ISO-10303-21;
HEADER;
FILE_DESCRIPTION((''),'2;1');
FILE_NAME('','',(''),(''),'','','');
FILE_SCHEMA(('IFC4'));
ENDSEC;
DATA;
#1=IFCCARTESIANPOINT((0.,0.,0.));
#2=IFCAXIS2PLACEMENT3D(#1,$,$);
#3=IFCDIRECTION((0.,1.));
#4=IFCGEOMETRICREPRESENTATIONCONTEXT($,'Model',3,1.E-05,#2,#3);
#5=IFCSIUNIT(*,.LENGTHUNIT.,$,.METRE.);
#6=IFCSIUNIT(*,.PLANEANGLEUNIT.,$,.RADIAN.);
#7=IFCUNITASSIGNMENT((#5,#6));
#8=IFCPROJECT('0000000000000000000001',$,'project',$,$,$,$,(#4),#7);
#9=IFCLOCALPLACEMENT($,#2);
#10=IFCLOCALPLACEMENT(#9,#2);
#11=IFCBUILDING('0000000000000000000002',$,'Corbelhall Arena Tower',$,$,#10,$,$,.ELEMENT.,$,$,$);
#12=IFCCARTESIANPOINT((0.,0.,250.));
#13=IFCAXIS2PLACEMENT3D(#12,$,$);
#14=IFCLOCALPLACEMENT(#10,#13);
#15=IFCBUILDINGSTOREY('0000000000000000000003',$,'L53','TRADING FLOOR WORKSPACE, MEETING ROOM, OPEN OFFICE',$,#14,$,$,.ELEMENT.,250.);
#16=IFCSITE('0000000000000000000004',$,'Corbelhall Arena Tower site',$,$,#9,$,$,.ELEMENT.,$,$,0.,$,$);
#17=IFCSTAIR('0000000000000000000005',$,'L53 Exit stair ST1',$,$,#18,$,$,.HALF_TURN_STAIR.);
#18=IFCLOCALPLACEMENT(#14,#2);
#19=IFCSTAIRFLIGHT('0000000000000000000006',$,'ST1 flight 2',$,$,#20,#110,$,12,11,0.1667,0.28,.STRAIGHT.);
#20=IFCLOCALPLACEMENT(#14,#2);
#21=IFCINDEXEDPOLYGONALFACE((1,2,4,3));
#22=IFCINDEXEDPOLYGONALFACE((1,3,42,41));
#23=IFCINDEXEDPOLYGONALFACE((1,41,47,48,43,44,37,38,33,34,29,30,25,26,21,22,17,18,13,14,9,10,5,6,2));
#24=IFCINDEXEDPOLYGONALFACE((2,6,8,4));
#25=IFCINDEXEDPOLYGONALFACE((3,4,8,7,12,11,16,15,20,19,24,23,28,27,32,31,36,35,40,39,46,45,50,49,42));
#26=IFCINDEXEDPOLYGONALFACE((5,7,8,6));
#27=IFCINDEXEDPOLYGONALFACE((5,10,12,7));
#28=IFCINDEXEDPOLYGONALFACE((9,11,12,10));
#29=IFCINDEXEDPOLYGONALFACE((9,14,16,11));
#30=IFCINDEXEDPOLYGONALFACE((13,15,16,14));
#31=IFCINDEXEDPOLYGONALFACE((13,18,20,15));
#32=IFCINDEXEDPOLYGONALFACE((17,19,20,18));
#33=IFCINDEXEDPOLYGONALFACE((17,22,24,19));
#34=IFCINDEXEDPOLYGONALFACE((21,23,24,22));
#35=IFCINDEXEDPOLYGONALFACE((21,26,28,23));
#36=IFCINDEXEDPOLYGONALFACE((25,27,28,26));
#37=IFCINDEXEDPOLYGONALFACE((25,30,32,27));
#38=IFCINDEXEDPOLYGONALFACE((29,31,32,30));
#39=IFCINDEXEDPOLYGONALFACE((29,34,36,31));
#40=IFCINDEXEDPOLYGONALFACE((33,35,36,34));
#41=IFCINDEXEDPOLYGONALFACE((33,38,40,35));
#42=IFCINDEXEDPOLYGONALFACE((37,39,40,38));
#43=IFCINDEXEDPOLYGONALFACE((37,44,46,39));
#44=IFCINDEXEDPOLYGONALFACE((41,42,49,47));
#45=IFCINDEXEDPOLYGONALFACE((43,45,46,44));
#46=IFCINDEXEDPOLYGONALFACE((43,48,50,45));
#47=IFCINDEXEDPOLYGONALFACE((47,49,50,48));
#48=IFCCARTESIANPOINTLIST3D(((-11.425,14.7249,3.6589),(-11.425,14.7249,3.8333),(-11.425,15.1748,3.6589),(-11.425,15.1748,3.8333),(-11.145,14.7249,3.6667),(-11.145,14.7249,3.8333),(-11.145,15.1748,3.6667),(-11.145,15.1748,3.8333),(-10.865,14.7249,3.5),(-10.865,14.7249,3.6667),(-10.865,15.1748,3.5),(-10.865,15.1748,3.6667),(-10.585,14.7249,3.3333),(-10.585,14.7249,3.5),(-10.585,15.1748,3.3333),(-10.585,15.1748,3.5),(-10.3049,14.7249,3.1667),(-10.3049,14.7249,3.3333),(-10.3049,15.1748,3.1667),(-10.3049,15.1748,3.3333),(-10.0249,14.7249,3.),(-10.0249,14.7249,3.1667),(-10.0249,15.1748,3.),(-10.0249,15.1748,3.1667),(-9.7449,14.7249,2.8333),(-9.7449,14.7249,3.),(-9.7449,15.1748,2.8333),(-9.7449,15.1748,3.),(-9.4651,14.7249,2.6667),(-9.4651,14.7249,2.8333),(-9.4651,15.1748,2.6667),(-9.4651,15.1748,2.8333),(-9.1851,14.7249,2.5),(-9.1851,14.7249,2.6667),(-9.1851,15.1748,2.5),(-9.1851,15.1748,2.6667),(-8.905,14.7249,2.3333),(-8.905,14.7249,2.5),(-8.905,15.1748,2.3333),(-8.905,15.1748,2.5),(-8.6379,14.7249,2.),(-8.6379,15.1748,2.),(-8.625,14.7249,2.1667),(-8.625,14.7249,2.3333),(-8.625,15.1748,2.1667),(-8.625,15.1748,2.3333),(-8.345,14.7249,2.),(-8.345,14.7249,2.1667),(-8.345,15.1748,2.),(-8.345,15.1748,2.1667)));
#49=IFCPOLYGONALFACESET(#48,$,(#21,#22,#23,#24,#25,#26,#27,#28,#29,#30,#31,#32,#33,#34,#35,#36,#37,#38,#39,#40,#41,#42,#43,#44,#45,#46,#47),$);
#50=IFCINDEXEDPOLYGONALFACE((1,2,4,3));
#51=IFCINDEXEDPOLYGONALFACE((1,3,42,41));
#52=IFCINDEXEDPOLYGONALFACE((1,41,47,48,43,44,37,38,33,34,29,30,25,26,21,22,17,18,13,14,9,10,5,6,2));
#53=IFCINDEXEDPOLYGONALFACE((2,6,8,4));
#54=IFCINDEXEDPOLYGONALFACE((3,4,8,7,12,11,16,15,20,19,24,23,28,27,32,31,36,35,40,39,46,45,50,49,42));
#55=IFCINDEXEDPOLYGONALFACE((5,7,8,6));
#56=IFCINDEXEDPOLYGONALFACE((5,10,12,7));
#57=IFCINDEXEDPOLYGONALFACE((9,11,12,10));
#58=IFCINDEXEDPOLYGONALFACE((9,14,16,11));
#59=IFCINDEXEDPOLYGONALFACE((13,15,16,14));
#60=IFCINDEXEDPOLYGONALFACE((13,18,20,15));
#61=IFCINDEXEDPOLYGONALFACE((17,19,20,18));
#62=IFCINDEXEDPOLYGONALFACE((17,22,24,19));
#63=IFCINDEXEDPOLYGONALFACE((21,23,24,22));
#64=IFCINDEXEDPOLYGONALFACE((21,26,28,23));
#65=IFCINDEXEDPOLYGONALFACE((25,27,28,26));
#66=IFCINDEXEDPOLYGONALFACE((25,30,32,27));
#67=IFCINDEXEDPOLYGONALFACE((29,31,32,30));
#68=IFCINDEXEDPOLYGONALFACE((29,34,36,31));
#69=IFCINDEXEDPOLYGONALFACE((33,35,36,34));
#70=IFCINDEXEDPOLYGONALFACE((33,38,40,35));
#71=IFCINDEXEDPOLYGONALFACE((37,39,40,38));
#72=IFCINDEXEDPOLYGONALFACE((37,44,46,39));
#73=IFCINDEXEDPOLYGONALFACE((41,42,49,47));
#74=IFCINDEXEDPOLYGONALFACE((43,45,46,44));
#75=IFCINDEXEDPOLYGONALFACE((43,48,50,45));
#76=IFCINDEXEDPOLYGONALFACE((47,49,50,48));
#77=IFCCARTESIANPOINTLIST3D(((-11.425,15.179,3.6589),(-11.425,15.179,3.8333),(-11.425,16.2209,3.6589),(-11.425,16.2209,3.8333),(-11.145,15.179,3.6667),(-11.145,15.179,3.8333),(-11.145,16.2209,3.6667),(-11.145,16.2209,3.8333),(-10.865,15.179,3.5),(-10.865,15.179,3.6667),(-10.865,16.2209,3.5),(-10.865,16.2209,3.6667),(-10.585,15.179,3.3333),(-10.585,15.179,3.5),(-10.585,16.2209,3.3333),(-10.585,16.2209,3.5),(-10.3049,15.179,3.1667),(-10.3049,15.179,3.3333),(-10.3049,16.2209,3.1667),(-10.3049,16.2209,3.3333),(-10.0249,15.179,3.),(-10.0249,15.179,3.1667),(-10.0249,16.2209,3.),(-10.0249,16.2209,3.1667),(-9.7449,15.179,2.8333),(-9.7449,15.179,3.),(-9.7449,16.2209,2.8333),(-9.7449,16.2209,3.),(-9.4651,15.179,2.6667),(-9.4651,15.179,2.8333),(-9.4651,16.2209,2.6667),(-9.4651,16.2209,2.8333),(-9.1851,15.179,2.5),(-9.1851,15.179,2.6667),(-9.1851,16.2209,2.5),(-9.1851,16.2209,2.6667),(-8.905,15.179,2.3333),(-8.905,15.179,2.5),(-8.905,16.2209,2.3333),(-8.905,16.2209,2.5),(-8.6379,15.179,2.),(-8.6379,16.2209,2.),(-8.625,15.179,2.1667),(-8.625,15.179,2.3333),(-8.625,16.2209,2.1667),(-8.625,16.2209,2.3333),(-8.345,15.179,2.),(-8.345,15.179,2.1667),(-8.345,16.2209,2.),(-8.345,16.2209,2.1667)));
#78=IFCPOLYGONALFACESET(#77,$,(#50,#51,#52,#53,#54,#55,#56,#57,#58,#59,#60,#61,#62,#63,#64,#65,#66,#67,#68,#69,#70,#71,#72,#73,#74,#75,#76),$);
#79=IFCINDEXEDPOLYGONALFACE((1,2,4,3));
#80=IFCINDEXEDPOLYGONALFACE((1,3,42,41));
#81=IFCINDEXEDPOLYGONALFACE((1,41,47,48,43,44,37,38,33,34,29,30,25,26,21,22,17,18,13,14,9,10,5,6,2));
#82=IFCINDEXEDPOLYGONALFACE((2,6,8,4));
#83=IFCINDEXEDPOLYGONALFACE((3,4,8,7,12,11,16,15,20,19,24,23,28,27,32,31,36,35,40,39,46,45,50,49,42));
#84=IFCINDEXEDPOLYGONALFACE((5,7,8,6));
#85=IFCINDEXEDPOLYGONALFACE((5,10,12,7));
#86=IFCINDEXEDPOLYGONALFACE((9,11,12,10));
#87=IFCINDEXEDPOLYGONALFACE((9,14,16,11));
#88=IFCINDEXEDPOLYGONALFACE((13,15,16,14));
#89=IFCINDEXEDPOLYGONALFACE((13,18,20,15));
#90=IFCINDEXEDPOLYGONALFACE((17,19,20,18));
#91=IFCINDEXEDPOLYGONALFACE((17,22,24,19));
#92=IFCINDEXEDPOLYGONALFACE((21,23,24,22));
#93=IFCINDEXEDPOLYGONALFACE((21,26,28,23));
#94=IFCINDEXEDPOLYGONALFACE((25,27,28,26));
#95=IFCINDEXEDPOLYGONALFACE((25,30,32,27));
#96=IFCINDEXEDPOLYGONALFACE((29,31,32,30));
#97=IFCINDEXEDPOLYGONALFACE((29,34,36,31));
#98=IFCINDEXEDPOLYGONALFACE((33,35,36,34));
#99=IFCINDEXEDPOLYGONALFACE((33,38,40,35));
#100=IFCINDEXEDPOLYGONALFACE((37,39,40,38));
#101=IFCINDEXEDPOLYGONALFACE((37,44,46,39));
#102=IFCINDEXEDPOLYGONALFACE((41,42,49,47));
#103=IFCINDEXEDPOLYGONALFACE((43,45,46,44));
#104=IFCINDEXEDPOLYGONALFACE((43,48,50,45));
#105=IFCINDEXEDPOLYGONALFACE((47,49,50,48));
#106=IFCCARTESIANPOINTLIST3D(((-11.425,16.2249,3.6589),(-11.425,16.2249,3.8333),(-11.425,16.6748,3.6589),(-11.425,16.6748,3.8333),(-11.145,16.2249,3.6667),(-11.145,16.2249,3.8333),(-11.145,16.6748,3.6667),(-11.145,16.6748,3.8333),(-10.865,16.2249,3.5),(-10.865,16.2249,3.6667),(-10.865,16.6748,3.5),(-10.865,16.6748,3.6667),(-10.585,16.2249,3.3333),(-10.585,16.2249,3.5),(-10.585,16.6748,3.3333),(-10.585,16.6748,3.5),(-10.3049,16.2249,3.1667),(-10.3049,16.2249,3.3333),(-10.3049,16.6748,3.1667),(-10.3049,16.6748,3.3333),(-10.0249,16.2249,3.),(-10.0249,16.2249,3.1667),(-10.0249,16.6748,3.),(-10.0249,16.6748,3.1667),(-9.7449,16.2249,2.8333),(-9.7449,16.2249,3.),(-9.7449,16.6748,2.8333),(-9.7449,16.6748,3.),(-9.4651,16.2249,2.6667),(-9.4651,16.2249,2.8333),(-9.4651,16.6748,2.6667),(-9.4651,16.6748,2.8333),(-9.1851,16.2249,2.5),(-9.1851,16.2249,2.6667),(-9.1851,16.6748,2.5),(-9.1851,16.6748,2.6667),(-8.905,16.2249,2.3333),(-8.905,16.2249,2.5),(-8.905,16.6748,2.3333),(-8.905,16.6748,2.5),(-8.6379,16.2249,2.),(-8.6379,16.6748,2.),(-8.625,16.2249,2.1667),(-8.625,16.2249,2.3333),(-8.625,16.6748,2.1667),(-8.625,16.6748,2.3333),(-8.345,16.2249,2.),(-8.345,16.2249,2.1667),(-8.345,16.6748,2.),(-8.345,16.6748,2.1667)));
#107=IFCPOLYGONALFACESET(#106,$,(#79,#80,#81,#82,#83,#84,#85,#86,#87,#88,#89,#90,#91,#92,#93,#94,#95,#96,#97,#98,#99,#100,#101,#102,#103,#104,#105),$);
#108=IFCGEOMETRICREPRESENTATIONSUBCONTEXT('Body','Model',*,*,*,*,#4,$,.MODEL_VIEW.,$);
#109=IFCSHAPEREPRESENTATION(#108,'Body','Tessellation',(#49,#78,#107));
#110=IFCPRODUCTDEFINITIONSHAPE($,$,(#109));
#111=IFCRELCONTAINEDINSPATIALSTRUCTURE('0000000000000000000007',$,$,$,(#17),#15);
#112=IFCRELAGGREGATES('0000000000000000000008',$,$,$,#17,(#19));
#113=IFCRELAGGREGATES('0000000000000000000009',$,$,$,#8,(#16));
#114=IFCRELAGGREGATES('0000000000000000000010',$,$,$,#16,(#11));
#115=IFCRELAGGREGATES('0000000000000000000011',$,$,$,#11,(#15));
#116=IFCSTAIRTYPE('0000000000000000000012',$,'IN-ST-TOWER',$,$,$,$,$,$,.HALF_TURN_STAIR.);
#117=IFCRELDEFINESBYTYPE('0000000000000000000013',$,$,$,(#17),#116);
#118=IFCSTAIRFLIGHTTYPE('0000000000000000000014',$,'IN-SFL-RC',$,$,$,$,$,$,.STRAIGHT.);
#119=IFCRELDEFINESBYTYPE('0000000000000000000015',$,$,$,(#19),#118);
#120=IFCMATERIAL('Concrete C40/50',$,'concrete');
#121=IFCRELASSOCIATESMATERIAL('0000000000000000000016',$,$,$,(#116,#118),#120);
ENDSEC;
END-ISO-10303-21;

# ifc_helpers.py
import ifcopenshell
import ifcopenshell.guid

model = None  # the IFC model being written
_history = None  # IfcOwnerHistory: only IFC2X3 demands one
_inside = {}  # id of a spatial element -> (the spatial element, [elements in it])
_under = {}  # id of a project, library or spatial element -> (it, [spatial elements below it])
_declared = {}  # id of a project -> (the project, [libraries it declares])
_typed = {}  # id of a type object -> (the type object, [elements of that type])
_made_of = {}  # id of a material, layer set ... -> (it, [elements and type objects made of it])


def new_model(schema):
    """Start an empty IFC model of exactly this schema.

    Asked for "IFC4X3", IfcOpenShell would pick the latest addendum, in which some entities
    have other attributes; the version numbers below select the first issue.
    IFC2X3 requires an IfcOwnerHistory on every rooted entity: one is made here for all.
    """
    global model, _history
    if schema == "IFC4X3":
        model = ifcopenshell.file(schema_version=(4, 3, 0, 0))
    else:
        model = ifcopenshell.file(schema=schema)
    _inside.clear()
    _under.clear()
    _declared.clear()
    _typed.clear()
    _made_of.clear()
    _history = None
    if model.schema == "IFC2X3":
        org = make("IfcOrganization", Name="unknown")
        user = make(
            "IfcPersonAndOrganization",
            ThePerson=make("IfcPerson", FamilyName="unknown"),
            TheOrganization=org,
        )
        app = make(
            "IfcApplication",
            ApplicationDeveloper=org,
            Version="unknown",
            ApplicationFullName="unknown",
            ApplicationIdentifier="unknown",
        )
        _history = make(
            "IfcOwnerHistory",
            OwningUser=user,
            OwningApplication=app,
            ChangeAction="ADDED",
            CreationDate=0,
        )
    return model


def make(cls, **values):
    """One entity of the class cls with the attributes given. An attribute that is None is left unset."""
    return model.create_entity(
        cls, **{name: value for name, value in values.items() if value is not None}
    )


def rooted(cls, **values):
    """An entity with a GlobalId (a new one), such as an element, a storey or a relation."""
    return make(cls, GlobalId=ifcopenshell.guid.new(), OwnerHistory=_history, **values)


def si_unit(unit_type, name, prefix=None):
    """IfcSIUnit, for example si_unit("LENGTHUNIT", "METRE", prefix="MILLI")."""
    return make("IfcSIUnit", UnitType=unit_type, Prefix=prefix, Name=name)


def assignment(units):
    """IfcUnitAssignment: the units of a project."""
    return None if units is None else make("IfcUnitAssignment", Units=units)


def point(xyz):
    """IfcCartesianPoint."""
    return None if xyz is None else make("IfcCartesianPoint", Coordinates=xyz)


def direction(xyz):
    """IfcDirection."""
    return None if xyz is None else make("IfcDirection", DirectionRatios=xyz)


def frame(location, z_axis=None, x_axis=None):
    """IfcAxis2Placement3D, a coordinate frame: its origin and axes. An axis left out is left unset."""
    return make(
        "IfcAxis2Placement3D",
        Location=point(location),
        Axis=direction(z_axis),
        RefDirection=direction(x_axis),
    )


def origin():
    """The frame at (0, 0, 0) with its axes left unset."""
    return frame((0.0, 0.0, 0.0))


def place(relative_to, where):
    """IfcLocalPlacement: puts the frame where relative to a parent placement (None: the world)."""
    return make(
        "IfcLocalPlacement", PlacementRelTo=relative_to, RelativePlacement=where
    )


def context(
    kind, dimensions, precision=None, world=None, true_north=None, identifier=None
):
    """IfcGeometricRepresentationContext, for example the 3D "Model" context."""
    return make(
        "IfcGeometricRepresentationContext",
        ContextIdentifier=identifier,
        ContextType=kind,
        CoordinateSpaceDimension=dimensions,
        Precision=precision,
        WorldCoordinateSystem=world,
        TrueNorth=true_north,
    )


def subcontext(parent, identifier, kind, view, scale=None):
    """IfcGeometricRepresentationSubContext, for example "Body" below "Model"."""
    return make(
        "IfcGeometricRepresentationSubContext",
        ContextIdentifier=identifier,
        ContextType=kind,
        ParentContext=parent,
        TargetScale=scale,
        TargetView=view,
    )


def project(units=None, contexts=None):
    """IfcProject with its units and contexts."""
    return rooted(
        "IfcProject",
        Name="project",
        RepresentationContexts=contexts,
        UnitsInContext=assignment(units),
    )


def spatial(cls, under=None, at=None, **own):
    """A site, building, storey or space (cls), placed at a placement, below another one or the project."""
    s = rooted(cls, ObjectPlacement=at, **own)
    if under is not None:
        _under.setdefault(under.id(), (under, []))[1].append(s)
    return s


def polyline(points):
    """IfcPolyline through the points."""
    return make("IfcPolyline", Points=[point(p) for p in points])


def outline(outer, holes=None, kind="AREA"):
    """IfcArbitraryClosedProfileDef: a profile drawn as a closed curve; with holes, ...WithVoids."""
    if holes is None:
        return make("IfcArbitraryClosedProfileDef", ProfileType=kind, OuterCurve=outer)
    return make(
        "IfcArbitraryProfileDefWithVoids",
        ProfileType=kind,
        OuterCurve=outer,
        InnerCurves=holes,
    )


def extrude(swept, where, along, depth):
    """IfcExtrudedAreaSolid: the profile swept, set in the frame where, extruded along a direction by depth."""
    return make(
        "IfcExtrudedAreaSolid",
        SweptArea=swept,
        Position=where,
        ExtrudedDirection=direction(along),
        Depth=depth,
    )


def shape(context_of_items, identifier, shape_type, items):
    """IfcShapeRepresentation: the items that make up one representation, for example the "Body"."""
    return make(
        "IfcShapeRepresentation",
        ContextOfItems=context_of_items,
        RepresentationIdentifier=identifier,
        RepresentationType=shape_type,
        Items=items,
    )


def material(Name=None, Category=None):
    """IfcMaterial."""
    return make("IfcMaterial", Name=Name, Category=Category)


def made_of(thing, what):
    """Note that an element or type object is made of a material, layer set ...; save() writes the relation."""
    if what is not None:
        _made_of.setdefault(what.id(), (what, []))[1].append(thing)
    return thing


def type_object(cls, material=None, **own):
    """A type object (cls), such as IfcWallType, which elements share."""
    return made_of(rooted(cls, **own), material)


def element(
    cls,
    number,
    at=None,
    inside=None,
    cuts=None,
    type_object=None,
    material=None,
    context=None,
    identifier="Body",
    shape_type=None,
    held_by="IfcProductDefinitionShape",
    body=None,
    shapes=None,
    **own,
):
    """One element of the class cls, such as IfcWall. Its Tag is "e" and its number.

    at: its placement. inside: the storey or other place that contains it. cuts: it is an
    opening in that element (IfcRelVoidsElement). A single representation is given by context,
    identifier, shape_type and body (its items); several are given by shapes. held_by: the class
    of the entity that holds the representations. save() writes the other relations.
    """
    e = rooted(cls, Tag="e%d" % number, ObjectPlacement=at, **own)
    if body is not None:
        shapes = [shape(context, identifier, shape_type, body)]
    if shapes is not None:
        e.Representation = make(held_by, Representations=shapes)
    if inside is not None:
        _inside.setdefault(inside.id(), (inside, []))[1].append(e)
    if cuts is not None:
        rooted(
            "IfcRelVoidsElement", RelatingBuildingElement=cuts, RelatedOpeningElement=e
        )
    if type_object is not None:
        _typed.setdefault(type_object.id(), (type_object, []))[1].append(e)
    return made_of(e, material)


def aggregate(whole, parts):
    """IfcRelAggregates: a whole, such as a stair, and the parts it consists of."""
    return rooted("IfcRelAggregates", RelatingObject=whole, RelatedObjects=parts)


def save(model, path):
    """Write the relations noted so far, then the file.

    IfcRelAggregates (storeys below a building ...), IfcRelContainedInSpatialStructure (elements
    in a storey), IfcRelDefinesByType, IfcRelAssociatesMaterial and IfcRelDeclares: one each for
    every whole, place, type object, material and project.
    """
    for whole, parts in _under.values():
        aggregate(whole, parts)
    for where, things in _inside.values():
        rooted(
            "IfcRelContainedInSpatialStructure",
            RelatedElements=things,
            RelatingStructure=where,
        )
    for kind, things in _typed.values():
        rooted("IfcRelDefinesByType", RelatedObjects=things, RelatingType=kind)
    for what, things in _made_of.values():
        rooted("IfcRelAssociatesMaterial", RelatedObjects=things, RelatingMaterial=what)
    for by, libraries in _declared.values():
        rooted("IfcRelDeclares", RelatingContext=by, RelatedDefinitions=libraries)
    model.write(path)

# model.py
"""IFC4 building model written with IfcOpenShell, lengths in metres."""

from ifc_helpers import new_model, si_unit, direction, frame, origin, place, context, subcontext, project, spatial, polyline, outline, extrude, material, type_object, element, aggregate, save


model = new_model("IFC4")

# Units and contexts
model_context = context("Model", 3, precision=1e-05, world=origin(), true_north=direction((0.0, 1.0)))
body_context = subcontext(model_context, "Body", "Model", "MODEL_VIEW")
ifc_project = project(units=[si_unit("LENGTHUNIT", "METRE"), si_unit("PLANEANGLEUNIT", "RADIAN")], contexts=[model_context])

# Site, building, storey
site_placement = place(None, origin())
site = spatial("IfcSite", under=ifc_project, at=site_placement, Name="Corbelhall Arena Tower site", CompositionType="ELEMENT", RefElevation=0.0)
building_placement = place(site_placement, origin())
building = spatial("IfcBuilding", under=site, at=building_placement, Name="Corbelhall Arena Tower", CompositionType="ELEMENT")
storey_placement = place(building_placement, frame((0.0, 0.0, 250.0)))
storey = spatial("IfcBuildingStorey", under=building, at=storey_placement, Name="L53", Description="TRADING FLOOR WORKSPACE, MEETING ROOM, OPEN OFFICE", CompositionType="ELEMENT", Elevation=250.0)

# Shared definitions
ifc_material_1 = material(Name="Concrete C40/50", Category="concrete")

# Stair, stair flight
stair_type = type_object("IfcStairType", Name="IN-ST-TOWER", PredefinedType="HALF_TURN_STAIR", material=ifc_material_1)
stair_placement = place(storey_placement, origin())
stair = element("IfcStair", 1, at=stair_placement, inside=storey, type_object=stair_type, Name="L53 Exit stair ST1", PredefinedType="HALF_TURN_STAIR")
stair_flight_type = type_object("IfcStairFlightType", Name="IN-SFL-RC", PredefinedType="STRAIGHT", material=ifc_material_1)
stair_flight_1_placement = place(storey_placement, frame((-8.345, 15.7, 2.0), z_axis=(0.0, 0.0, 1.0), x_axis=(-1.0, 0.0, 0.0)))
stair_flight_1 = element("IfcStairFlight", 2, at=stair_flight_1_placement, type_object=stair_flight_type, Name="ST1 flight 2", NumberOfRisers=12, NumberOfTreads=11, PredefinedType="STRAIGHT", RiserHeight=0.1667, TreadLength=0.28, context=body_context, shape_type="SweptSolid", body=[
    extrude(outline(polyline([(0.0, 0.0), (0.0, 0.1667), (0.28, 0.1667), (0.28, 0.3333), (0.5601, 0.3333), (0.5601, 0.5), (0.8401, 0.5), (0.8401, 0.6667), (1.1201, 0.6667), (1.1201, 0.8333), (1.3999, 0.8333), (1.3999, 1.0), (1.6799, 1.0), (1.6799, 1.1667), (1.96, 1.1667), (1.96, 1.3333), (2.24, 1.3333), (2.24, 1.5), (2.52, 1.5), (2.52, 1.6667), (2.8, 1.6667), (2.8, 1.8333), (3.0801, 1.8333), (3.0801, 2.0), (3.0801, 1.6589), (0.293, 0.0), (0.0, 0.0)])), frame((0.0, 0.9751, 0.0), z_axis=(0.0, -1.0, 0.0), x_axis=(1.0, 0.0, 0.0)), (0.0, 0.0, 1.0), 0.45),
    extrude(outline(polyline([(0.0, 0.0), (0.0, 0.1667), (0.28, 0.1667), (0.28, 0.3333), (0.5601, 0.3333), (0.5601, 0.5), (0.8401, 0.5), (0.8401, 0.6667), (1.1201, 0.6667), (1.1201, 0.8333), (1.3999, 0.8333), (1.3999, 1.0), (1.6799, 1.0), (1.6799, 1.1667), (1.96, 1.1667), (1.96, 1.3333), (2.24, 1.3333), (2.24, 1.5), (2.52, 1.5), (2.52, 1.6667), (2.8, 1.6667), (2.8, 1.8333), (3.0801, 1.8333), (3.0801, 2.0), (3.0801, 1.6589), (0.293, 0.0), (0.0, 0.0)])), frame((0.0, 0.521, 0.0), z_axis=(0.0, -1.0, 0.0), x_axis=(1.0, 0.0, 0.0)), (0.0, 0.0, 1.0), 1.042),
    extrude(outline(polyline([(0.0, 0.0), (0.0, 0.1667), (0.28, 0.1667), (0.28, 0.3333), (0.5601, 0.3333), (0.5601, 0.5), (0.8401, 0.5), (0.8401, 0.6667), (1.1201, 0.6667), (1.1201, 0.8333), (1.3999, 0.8333), (1.3999, 1.0), (1.6799, 1.0), (1.6799, 1.1667), (1.96, 1.1667), (1.96, 1.3333), (2.24, 1.3333), (2.24, 1.5), (2.52, 1.5), (2.52, 1.6667), (2.8, 1.6667), (2.8, 1.8333), (3.0801, 1.8333), (3.0801, 2.0), (3.0801, 1.6589), (0.293, 0.0), (0.0, 0.0)])), frame((0.0, -0.5249, 0.0), z_axis=(0.0, -1.0, 0.0), x_axis=(1.0, 0.0, 0.0)), (0.0, 0.0, 1.0), 0.45),
])
aggregate(stair, [stair_flight_1])

save(model, "model.ifc")
